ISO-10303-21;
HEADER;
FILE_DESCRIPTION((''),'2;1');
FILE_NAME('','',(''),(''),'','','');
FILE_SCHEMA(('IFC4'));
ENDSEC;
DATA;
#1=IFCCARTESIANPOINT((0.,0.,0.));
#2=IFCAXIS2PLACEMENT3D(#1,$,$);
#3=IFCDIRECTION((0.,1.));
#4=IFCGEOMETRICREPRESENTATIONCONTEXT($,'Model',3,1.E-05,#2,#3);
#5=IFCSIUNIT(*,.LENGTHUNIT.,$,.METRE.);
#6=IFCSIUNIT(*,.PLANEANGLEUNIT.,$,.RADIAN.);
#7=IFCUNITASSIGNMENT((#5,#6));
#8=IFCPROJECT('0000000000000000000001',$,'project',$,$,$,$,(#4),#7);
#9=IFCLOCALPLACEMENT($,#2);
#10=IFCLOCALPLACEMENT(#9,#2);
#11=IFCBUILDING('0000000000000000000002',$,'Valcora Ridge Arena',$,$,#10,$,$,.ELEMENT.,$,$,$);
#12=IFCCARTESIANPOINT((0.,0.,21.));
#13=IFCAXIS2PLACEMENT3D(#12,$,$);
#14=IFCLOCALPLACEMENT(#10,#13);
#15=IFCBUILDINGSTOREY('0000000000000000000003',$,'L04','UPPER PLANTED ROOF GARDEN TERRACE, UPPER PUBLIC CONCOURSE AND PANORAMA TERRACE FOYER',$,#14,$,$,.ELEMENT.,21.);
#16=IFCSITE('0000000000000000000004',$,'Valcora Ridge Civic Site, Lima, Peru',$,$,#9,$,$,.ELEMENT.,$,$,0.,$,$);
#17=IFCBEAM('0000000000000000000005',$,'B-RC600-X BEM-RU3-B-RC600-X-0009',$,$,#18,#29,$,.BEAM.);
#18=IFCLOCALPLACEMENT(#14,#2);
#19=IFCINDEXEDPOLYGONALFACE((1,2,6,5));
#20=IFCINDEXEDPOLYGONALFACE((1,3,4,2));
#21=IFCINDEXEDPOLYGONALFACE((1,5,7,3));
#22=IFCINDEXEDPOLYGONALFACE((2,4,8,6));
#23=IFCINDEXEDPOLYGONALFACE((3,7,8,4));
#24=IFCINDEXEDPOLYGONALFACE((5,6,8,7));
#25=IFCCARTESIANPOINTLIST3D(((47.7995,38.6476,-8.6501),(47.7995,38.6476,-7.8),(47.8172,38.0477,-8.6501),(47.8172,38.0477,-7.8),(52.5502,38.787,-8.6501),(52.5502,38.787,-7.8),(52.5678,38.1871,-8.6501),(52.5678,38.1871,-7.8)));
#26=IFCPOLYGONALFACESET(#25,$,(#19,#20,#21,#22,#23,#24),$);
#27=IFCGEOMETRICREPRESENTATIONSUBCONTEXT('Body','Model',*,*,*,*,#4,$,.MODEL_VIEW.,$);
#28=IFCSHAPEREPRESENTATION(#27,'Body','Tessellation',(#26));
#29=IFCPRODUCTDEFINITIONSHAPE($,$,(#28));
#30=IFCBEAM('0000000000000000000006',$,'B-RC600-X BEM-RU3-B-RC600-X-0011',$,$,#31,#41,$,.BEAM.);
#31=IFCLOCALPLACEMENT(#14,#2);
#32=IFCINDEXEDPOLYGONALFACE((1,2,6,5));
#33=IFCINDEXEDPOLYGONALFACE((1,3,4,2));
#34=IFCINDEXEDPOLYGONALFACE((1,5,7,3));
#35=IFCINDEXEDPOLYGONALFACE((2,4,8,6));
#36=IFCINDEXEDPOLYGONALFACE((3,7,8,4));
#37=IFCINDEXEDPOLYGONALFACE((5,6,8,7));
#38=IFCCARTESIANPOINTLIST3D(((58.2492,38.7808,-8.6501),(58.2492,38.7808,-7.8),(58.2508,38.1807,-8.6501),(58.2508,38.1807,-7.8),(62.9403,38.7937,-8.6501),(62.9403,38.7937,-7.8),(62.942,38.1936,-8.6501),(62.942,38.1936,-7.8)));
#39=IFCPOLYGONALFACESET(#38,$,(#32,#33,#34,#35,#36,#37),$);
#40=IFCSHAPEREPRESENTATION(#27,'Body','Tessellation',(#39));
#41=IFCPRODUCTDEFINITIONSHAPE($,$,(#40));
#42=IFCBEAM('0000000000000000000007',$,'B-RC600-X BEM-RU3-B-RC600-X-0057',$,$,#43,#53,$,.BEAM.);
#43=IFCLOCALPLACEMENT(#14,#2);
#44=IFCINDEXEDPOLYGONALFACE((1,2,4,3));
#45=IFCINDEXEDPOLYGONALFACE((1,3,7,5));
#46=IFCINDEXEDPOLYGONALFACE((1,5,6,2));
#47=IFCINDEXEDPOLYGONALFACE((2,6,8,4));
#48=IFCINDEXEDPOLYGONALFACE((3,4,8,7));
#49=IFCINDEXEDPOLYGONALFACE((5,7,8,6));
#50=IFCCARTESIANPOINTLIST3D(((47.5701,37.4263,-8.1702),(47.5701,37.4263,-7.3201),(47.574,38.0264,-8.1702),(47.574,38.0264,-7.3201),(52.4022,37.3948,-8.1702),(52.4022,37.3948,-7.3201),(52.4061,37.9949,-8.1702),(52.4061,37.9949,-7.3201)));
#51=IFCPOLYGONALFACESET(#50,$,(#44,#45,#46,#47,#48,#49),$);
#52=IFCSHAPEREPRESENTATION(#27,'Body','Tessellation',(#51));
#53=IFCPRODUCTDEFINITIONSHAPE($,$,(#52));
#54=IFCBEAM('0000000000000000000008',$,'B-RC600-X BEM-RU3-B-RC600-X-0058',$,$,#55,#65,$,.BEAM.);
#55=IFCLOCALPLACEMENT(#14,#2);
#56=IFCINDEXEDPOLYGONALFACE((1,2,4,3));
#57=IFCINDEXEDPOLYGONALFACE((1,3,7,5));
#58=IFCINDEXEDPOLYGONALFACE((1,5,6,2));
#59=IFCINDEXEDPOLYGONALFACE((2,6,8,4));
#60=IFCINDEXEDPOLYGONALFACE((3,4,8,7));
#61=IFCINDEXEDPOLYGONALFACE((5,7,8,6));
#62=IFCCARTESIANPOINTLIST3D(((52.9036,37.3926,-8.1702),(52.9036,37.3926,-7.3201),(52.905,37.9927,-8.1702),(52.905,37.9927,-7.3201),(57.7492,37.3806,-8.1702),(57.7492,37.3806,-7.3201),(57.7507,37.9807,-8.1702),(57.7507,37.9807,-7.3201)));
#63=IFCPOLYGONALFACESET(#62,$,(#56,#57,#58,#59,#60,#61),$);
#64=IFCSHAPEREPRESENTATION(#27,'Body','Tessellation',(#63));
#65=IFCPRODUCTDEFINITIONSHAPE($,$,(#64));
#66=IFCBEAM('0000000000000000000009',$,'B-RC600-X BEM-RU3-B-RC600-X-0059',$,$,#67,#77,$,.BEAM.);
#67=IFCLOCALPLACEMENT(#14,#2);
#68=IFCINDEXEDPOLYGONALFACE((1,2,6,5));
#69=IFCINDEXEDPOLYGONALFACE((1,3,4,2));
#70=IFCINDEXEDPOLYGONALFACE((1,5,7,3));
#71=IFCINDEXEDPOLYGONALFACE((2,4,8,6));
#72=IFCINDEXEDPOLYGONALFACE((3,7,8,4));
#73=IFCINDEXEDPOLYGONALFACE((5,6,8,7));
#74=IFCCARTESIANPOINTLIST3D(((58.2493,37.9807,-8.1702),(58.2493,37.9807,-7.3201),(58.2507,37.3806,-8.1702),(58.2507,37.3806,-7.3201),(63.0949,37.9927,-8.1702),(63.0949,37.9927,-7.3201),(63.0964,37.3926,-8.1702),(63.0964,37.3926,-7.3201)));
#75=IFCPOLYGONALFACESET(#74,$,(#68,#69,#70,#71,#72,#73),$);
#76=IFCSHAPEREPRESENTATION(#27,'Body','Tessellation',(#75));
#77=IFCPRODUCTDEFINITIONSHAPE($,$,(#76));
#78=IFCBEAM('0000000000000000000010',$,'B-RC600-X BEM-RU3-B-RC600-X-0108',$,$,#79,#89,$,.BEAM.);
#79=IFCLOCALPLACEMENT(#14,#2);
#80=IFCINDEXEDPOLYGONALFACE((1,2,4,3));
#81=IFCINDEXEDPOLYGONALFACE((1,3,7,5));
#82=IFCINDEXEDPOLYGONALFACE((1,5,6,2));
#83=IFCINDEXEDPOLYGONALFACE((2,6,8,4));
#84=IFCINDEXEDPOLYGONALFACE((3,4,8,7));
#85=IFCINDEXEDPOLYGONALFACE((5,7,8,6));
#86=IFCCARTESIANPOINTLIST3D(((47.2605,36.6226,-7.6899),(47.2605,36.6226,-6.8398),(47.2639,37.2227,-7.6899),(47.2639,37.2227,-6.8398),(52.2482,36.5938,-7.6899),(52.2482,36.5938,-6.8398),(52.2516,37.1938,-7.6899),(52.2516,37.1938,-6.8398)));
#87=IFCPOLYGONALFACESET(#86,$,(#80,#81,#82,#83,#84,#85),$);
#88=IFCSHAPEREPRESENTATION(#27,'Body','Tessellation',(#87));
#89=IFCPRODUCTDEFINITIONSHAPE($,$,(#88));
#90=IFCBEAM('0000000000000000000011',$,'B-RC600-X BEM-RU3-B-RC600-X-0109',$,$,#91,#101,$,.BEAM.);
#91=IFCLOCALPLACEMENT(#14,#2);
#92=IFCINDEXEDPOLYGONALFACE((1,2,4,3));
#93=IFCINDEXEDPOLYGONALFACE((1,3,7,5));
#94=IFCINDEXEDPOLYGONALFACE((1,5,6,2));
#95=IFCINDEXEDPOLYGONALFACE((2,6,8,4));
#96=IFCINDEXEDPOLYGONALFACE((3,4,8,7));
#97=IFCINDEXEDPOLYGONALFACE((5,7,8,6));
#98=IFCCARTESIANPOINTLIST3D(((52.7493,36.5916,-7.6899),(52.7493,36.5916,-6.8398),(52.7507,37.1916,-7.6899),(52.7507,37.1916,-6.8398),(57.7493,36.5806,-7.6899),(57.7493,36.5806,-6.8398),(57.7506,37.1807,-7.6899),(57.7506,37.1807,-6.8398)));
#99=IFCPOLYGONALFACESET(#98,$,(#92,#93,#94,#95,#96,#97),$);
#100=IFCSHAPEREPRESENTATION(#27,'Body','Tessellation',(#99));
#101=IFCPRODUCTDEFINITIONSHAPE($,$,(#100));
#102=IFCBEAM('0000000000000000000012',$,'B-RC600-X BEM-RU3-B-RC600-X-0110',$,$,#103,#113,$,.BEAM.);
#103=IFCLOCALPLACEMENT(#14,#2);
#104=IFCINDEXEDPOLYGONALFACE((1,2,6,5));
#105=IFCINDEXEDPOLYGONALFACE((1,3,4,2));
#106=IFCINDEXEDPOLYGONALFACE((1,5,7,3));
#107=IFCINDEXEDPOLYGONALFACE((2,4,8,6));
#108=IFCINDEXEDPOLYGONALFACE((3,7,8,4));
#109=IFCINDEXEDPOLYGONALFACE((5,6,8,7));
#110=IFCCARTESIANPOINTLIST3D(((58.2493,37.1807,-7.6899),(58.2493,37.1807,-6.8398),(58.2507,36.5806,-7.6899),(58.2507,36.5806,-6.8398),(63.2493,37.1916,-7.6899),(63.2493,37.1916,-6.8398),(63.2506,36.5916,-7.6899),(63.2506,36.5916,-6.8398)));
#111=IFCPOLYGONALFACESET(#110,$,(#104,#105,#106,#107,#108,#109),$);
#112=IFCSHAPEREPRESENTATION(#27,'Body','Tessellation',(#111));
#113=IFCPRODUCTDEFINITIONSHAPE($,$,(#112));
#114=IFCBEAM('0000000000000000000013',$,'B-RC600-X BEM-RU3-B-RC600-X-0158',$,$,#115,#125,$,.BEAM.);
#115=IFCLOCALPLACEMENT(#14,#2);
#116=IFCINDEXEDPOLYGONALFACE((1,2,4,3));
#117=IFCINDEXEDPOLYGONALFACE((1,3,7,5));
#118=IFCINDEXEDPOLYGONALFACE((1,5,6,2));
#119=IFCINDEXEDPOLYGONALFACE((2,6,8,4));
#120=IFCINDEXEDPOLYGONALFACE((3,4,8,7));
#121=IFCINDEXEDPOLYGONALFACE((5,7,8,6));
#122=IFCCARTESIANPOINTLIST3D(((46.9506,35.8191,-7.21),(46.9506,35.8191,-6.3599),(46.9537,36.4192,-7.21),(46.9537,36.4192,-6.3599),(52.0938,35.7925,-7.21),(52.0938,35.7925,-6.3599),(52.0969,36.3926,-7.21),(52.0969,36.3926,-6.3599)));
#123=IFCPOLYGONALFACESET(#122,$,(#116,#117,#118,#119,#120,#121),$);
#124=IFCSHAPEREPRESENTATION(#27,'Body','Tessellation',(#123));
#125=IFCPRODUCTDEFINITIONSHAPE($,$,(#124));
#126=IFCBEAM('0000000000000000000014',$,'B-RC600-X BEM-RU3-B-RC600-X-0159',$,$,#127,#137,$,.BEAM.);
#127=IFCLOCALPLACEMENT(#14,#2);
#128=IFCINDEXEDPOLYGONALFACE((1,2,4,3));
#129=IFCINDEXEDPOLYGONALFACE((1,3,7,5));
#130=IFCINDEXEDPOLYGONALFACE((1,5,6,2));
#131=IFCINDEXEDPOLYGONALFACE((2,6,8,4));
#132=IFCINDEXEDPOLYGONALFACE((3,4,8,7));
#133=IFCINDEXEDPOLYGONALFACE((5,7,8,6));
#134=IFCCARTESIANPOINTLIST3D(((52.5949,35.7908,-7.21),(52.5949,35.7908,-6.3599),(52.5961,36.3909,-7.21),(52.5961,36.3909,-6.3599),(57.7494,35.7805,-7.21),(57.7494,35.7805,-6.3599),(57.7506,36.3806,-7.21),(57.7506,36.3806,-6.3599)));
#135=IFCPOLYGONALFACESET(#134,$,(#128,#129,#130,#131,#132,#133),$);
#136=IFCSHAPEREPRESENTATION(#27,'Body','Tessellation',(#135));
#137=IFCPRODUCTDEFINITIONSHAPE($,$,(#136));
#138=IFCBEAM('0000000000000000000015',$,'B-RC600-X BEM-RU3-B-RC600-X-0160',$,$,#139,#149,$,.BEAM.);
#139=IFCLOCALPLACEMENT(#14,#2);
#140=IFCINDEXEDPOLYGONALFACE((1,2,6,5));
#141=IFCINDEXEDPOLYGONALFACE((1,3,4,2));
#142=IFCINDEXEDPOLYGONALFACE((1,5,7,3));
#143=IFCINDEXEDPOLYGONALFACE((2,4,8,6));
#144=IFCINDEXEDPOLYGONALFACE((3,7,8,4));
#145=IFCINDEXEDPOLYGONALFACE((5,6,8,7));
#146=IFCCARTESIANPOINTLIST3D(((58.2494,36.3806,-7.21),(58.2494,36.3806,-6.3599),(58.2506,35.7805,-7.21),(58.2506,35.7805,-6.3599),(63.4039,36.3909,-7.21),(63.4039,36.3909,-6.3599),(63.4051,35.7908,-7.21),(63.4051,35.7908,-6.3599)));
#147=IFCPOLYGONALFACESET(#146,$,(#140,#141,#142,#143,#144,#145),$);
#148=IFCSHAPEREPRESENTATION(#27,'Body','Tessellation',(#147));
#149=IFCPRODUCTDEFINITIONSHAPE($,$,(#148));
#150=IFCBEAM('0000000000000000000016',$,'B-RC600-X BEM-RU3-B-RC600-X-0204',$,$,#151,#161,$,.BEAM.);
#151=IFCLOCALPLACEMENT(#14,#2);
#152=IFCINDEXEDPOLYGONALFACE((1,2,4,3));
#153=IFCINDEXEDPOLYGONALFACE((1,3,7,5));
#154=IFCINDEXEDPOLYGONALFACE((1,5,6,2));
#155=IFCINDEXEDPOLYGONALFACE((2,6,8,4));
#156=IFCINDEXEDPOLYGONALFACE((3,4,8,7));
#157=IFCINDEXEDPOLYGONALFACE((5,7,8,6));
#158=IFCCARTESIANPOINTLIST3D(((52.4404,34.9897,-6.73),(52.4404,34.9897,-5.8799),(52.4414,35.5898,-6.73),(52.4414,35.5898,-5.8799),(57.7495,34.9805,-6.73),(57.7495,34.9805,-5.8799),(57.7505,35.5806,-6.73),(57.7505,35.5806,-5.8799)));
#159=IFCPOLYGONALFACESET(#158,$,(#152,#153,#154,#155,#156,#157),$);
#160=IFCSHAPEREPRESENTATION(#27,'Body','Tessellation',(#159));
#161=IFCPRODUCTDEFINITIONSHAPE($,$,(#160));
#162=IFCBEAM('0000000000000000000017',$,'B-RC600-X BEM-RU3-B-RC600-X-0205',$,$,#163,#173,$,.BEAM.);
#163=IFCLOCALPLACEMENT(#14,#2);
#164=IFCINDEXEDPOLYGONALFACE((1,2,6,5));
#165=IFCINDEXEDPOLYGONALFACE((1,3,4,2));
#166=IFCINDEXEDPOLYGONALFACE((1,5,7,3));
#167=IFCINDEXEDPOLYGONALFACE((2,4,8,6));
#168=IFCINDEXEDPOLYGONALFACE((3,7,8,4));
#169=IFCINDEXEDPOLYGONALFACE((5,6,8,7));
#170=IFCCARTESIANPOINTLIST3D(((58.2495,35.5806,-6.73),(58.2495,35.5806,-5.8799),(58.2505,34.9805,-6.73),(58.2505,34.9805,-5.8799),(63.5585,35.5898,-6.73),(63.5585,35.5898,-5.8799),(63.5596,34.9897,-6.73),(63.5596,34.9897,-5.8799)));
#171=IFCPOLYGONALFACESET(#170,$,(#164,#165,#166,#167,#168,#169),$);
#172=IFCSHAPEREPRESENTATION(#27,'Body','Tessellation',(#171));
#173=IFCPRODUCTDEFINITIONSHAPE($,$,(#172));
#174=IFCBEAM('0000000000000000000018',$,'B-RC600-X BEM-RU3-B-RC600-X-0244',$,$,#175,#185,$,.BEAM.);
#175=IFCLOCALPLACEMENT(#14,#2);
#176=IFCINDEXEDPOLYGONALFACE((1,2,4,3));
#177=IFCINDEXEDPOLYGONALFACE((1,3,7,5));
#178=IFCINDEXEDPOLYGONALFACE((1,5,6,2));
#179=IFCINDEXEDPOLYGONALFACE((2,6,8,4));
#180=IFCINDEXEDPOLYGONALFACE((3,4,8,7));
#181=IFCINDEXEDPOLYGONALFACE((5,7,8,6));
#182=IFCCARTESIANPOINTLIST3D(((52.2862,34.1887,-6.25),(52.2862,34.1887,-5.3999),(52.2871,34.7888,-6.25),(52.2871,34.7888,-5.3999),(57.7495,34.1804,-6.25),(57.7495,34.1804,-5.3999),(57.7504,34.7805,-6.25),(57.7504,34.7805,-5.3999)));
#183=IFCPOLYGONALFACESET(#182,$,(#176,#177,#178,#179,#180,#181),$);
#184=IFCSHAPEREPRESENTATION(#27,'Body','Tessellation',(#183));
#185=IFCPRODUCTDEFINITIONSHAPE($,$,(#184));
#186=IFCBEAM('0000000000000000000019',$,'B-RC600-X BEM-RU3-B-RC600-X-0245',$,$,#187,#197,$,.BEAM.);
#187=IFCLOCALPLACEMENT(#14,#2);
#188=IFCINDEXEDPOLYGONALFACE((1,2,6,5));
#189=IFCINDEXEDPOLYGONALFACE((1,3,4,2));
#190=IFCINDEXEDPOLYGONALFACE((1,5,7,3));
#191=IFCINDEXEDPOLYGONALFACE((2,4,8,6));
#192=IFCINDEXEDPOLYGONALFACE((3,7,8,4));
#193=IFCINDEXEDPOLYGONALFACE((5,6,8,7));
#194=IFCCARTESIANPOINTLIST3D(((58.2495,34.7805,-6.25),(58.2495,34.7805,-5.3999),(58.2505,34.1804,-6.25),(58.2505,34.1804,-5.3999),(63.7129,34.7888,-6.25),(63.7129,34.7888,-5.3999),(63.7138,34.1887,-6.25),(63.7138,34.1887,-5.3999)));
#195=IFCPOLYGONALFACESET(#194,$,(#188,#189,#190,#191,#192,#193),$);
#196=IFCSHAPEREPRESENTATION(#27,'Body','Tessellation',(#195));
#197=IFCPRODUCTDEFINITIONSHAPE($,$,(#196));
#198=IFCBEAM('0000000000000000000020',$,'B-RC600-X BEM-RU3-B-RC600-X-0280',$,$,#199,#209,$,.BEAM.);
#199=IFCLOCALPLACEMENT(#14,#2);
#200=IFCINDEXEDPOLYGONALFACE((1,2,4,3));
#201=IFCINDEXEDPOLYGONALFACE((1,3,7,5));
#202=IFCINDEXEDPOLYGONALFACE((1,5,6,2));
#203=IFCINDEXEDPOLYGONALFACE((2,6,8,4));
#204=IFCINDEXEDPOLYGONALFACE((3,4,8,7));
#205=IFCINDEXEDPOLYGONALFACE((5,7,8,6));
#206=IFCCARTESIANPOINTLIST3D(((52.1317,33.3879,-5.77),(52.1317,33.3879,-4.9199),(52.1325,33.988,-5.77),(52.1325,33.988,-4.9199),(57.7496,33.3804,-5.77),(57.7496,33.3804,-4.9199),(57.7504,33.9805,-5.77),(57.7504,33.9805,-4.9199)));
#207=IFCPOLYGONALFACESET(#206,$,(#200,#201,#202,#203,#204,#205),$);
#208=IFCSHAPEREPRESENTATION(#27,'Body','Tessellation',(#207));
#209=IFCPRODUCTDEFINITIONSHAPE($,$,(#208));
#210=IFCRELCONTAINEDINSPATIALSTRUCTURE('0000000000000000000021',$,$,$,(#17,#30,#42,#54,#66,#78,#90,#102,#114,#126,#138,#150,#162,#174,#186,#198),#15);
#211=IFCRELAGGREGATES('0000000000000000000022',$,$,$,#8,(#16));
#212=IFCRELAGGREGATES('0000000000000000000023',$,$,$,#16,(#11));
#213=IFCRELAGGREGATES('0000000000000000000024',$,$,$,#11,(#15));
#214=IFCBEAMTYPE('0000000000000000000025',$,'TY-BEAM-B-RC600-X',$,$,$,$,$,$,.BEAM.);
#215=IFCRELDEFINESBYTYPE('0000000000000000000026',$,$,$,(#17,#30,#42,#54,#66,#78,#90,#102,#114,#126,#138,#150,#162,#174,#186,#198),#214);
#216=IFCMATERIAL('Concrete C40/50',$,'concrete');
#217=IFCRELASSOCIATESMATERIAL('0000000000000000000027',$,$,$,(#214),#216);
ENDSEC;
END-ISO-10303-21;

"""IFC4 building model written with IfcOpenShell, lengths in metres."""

from ifc_helpers import new_model, si_unit, direction, frame, origin, origin_2d, place, context, subcontext, project, spatial, rectangle, extrude, material, material_profile, profile_set, type_object, element, save


model = new_model("IFC4")

# Units and contexts
model_context = context("Model", 3, precision=1e-05, world=origin(), true_north=direction((0.0, 1.0)))
body_context = subcontext(model_context, "Body", "Model", "MODEL_VIEW")
ifc_project = project(units=[si_unit("LENGTHUNIT", "METRE"), si_unit("PLANEANGLEUNIT", "RADIAN")], contexts=[model_context])

# Site, building, storey
site_placement = place(None, origin())
site = spatial("IfcSite", under=ifc_project, at=site_placement, Name="Valcora Ridge Civic Site, Lima, Peru", CompositionType="ELEMENT", RefElevation=0.0)
building_placement = place(site_placement, origin())
building = spatial("IfcBuilding", under=site, at=building_placement, Name="Valcora Ridge Arena", CompositionType="ELEMENT")
storey_placement = place(building_placement, frame((0.0, 0.0, 21.0)))
storey = spatial("IfcBuildingStorey", under=building, at=storey_placement, Name="L04", Description="UPPER PLANTED ROOF GARDEN TERRACE, UPPER PUBLIC CONCOURSE AND PANORAMA TERRACE FOYER", CompositionType="ELEMENT", Elevation=21.0)

# Beams
ifc_material_1 = material(Name="Concrete C40/50", Category="concrete")
ifc_material_profile_1 = material_profile(ifc_material_1, rectangle(XDim=0.6001, YDim=0.8501, at=origin_2d()), Name="RC 600x850")
ifc_profile_set_1 = profile_set([ifc_material_profile_1], Name="Concrete C40/50")
beam_type_1 = type_object("IfcBeamType", Name="TY-BEAM-B-RC600-X", PredefinedType="BEAM", material=ifc_profile_set_1)
beam_1_placement = place(storey_placement, frame((47.8083, 38.3477, -8.2251), z_axis=(0.99957, 0.029331, 0.0), x_axis=(-0.029331, 0.99957, 0.0)))
element("IfcBeam", 1, at=beam_1_placement, inside=storey, type_object=beam_type_1, Name="B-RC600-X BEM-RU3-B-RC600-X-0009", PredefinedType="BEAM", context=body_context, shape_type="SweptSolid", body=[
    extrude(rectangle(XDim=0.6001, YDim=0.8501, at=origin_2d()), origin(), (0.0, 0.0, 1.0), 4.7527),
])
beam_2_placement = place(storey_placement, frame((58.25, 38.4807, -8.2251), z_axis=(0.999996, 0.002758, 0.0), x_axis=(-0.002758, 0.999996, 0.0)))
element("IfcBeam", 2, at=beam_2_placement, inside=storey, type_object=beam_type_1, Name="B-RC600-X BEM-RU3-B-RC600-X-0011", PredefinedType="BEAM", context=body_context, shape_type="SweptSolid", body=[
    extrude(rectangle(XDim=0.6001, YDim=0.8501, at=origin_2d()), origin(), (0.0, 0.0, 1.0), 4.6912),
])
beam_3_placement = place(storey_placement, frame((47.572, 37.7263, -7.7451), z_axis=(0.999979, -0.006517, 0.0), x_axis=(0.006517, 0.999979, 0.0)))
element("IfcBeam", 3, at=beam_3_placement, inside=storey, type_object=beam_type_1, Name="B-RC600-X BEM-RU3-B-RC600-X-0057", PredefinedType="BEAM", context=body_context, shape_type="SweptSolid", body=[
    extrude(rectangle(XDim=0.6001, YDim=0.8501, at=origin_2d()), origin(), (0.0, 0.0, 1.0), 4.8323),
])
for number, where, z_axis, x_axis, name in (
    (4, (52.9043, 37.6926, -7.7451), (0.999997, -0.002469, 0.0), (0.002469, 0.999997, 0.0), "B-RC600-X BEM-RU3-B-RC600-X-0058"),
    (5, (58.25, 37.6807, -7.7451), (0.999997, 0.002469, 0.0), (-0.002469, 0.999997, 0.0), "B-RC600-X BEM-RU3-B-RC600-X-0059"),
):
    element("IfcBeam", number, at=place(storey_placement, frame(where, z_axis=z_axis, x_axis=x_axis)), inside=storey, type_object=beam_type_1, Name=name, PredefinedType="BEAM", context=body_context, shape_type="SweptSolid", body=[
        extrude(rectangle(XDim=0.6001, YDim=0.8501, at=origin_2d()), origin(), (0.0, 0.0, 1.0), 4.8457),
    ])
beam_4_placement = place(storey_placement, frame((47.2622, 36.9226, -7.2649), z_axis=(0.999983, -0.005776, 0.0), x_axis=(0.005776, 0.999983, 0.0)))
element("IfcBeam", 6, at=beam_4_placement, inside=storey, type_object=beam_type_1, Name="B-RC600-X BEM-RU3-B-RC600-X-0108", PredefinedType="BEAM", context=body_context, shape_type="SweptSolid", body=[
    extrude(rectangle(XDim=0.6001, YDim=0.8501, at=origin_2d()), origin(), (0.0, 0.0, 1.0), 4.9878),
])
for number, where, z_axis, x_axis, name in (
    (7, (52.75, 36.8916, -7.2649), (0.999998, -0.002197, 0.0), (0.002197, 0.999998, 0.0), "B-RC600-X BEM-RU3-B-RC600-X-0109"),
    (8, (58.25, 36.8806, -7.2649), (0.999998, 0.002197, 0.0), (-0.002197, 0.999998, 0.0), "B-RC600-X BEM-RU3-B-RC600-X-0110"),
):
    element("IfcBeam", number, at=place(storey_placement, frame(where, z_axis=z_axis, x_axis=x_axis)), inside=storey, type_object=beam_type_1, Name=name, PredefinedType="BEAM", context=body_context, shape_type="SweptSolid", body=[
        extrude(rectangle(XDim=0.6001, YDim=0.8501, at=origin_2d()), origin(), (0.0, 0.0, 1.0), 5.0),
    ])
beam_5_placement = place(storey_placement, frame((46.9521, 36.1191, -6.7849), z_axis=(0.999987, -0.005174, 0.0), x_axis=(0.005174, 0.999987, 0.0)))
element("IfcBeam", 9, at=beam_5_placement, inside=storey, type_object=beam_type_1, Name="B-RC600-X BEM-RU3-B-RC600-X-0158", PredefinedType="BEAM", context=body_context, shape_type="SweptSolid", body=[
    extrude(rectangle(XDim=0.6001, YDim=0.8501, at=origin_2d()), origin(), (0.0, 0.0, 1.0), 5.1433),
])
for number, where, z_axis, x_axis, name in (
    (10, (52.5955, 36.0908, -6.7849), (0.999998, -0.001989, 0.0), (0.001989, 0.999998, 0.0), "B-RC600-X BEM-RU3-B-RC600-X-0159"),
    (11, (58.25, 36.0806, -6.7849), (0.999998, 0.001989, 0.0), (-0.001989, 0.999998, 0.0), "B-RC600-X BEM-RU3-B-RC600-X-0160"),
):
    element("IfcBeam", number, at=place(storey_placement, frame(where, z_axis=z_axis, x_axis=x_axis)), inside=storey, type_object=beam_type_1, Name=name, PredefinedType="BEAM", context=body_context, shape_type="SweptSolid", body=[
        extrude(rectangle(XDim=0.6001, YDim=0.8501, at=origin_2d()), origin(), (0.0, 0.0, 1.0), 5.1545),
    ])
for number, where, z_axis, x_axis, name in (
    (12, (52.4409, 35.2898, -6.3049), (0.999998, -0.001747, 0.0), (0.001747, 0.999998, 0.0), "B-RC600-X BEM-RU3-B-RC600-X-0204"),
    (13, (58.25, 35.2805, -6.3049), (0.999998, 0.001747, 0.0), (-0.001747, 0.999998, 0.0), "B-RC600-X BEM-RU3-B-RC600-X-0205"),
):
    element("IfcBeam", number, at=place(storey_placement, frame(where, z_axis=z_axis, x_axis=x_axis)), inside=storey, type_object=beam_type_1, Name=name, PredefinedType="BEAM", context=body_context, shape_type="SweptSolid", body=[
        extrude(rectangle(XDim=0.6001, YDim=0.8501, at=origin_2d()), origin(), (0.0, 0.0, 1.0), 5.3091),
    ])
for number, where, z_axis, x_axis, name in (
    (14, (52.2866, 34.4888, -5.825), (0.999999, -0.001519, 0.0), (0.001519, 0.999999, 0.0), "B-RC600-X BEM-RU3-B-RC600-X-0244"),
    (15, (58.25, 34.4805, -5.825), (0.999999, 0.001519, 0.0), (-0.001519, 0.999999, 0.0), "B-RC600-X BEM-RU3-B-RC600-X-0245"),
):
    element("IfcBeam", number, at=place(storey_placement, frame(where, z_axis=z_axis, x_axis=x_axis)), inside=storey, type_object=beam_type_1, Name=name, PredefinedType="BEAM", context=body_context, shape_type="SweptSolid", body=[
        extrude(rectangle(XDim=0.6001, YDim=0.8501, at=origin_2d()), origin(), (0.0, 0.0, 1.0), 5.4634),
    ])
for number, where, z_axis, x_axis, name in (
    (16, (52.1321, 33.688, -5.345), (0.999999, -0.001347, 0.0), (0.001347, 0.999999, 0.0), "B-RC600-X BEM-RU3-B-RC600-X-0280"),
):
    element("IfcBeam", number, at=place(storey_placement, frame(where, z_axis=z_axis, x_axis=x_axis)), inside=storey, type_object=beam_type_1, Name=name, PredefinedType="BEAM", context=body_context, shape_type="SweptSolid", body=[
        extrude(rectangle(XDim=0.6001, YDim=0.8501, at=origin_2d()), origin(), (0.0, 0.0, 1.0), 5.6179),
    ])

save(model, "model.ifc")
